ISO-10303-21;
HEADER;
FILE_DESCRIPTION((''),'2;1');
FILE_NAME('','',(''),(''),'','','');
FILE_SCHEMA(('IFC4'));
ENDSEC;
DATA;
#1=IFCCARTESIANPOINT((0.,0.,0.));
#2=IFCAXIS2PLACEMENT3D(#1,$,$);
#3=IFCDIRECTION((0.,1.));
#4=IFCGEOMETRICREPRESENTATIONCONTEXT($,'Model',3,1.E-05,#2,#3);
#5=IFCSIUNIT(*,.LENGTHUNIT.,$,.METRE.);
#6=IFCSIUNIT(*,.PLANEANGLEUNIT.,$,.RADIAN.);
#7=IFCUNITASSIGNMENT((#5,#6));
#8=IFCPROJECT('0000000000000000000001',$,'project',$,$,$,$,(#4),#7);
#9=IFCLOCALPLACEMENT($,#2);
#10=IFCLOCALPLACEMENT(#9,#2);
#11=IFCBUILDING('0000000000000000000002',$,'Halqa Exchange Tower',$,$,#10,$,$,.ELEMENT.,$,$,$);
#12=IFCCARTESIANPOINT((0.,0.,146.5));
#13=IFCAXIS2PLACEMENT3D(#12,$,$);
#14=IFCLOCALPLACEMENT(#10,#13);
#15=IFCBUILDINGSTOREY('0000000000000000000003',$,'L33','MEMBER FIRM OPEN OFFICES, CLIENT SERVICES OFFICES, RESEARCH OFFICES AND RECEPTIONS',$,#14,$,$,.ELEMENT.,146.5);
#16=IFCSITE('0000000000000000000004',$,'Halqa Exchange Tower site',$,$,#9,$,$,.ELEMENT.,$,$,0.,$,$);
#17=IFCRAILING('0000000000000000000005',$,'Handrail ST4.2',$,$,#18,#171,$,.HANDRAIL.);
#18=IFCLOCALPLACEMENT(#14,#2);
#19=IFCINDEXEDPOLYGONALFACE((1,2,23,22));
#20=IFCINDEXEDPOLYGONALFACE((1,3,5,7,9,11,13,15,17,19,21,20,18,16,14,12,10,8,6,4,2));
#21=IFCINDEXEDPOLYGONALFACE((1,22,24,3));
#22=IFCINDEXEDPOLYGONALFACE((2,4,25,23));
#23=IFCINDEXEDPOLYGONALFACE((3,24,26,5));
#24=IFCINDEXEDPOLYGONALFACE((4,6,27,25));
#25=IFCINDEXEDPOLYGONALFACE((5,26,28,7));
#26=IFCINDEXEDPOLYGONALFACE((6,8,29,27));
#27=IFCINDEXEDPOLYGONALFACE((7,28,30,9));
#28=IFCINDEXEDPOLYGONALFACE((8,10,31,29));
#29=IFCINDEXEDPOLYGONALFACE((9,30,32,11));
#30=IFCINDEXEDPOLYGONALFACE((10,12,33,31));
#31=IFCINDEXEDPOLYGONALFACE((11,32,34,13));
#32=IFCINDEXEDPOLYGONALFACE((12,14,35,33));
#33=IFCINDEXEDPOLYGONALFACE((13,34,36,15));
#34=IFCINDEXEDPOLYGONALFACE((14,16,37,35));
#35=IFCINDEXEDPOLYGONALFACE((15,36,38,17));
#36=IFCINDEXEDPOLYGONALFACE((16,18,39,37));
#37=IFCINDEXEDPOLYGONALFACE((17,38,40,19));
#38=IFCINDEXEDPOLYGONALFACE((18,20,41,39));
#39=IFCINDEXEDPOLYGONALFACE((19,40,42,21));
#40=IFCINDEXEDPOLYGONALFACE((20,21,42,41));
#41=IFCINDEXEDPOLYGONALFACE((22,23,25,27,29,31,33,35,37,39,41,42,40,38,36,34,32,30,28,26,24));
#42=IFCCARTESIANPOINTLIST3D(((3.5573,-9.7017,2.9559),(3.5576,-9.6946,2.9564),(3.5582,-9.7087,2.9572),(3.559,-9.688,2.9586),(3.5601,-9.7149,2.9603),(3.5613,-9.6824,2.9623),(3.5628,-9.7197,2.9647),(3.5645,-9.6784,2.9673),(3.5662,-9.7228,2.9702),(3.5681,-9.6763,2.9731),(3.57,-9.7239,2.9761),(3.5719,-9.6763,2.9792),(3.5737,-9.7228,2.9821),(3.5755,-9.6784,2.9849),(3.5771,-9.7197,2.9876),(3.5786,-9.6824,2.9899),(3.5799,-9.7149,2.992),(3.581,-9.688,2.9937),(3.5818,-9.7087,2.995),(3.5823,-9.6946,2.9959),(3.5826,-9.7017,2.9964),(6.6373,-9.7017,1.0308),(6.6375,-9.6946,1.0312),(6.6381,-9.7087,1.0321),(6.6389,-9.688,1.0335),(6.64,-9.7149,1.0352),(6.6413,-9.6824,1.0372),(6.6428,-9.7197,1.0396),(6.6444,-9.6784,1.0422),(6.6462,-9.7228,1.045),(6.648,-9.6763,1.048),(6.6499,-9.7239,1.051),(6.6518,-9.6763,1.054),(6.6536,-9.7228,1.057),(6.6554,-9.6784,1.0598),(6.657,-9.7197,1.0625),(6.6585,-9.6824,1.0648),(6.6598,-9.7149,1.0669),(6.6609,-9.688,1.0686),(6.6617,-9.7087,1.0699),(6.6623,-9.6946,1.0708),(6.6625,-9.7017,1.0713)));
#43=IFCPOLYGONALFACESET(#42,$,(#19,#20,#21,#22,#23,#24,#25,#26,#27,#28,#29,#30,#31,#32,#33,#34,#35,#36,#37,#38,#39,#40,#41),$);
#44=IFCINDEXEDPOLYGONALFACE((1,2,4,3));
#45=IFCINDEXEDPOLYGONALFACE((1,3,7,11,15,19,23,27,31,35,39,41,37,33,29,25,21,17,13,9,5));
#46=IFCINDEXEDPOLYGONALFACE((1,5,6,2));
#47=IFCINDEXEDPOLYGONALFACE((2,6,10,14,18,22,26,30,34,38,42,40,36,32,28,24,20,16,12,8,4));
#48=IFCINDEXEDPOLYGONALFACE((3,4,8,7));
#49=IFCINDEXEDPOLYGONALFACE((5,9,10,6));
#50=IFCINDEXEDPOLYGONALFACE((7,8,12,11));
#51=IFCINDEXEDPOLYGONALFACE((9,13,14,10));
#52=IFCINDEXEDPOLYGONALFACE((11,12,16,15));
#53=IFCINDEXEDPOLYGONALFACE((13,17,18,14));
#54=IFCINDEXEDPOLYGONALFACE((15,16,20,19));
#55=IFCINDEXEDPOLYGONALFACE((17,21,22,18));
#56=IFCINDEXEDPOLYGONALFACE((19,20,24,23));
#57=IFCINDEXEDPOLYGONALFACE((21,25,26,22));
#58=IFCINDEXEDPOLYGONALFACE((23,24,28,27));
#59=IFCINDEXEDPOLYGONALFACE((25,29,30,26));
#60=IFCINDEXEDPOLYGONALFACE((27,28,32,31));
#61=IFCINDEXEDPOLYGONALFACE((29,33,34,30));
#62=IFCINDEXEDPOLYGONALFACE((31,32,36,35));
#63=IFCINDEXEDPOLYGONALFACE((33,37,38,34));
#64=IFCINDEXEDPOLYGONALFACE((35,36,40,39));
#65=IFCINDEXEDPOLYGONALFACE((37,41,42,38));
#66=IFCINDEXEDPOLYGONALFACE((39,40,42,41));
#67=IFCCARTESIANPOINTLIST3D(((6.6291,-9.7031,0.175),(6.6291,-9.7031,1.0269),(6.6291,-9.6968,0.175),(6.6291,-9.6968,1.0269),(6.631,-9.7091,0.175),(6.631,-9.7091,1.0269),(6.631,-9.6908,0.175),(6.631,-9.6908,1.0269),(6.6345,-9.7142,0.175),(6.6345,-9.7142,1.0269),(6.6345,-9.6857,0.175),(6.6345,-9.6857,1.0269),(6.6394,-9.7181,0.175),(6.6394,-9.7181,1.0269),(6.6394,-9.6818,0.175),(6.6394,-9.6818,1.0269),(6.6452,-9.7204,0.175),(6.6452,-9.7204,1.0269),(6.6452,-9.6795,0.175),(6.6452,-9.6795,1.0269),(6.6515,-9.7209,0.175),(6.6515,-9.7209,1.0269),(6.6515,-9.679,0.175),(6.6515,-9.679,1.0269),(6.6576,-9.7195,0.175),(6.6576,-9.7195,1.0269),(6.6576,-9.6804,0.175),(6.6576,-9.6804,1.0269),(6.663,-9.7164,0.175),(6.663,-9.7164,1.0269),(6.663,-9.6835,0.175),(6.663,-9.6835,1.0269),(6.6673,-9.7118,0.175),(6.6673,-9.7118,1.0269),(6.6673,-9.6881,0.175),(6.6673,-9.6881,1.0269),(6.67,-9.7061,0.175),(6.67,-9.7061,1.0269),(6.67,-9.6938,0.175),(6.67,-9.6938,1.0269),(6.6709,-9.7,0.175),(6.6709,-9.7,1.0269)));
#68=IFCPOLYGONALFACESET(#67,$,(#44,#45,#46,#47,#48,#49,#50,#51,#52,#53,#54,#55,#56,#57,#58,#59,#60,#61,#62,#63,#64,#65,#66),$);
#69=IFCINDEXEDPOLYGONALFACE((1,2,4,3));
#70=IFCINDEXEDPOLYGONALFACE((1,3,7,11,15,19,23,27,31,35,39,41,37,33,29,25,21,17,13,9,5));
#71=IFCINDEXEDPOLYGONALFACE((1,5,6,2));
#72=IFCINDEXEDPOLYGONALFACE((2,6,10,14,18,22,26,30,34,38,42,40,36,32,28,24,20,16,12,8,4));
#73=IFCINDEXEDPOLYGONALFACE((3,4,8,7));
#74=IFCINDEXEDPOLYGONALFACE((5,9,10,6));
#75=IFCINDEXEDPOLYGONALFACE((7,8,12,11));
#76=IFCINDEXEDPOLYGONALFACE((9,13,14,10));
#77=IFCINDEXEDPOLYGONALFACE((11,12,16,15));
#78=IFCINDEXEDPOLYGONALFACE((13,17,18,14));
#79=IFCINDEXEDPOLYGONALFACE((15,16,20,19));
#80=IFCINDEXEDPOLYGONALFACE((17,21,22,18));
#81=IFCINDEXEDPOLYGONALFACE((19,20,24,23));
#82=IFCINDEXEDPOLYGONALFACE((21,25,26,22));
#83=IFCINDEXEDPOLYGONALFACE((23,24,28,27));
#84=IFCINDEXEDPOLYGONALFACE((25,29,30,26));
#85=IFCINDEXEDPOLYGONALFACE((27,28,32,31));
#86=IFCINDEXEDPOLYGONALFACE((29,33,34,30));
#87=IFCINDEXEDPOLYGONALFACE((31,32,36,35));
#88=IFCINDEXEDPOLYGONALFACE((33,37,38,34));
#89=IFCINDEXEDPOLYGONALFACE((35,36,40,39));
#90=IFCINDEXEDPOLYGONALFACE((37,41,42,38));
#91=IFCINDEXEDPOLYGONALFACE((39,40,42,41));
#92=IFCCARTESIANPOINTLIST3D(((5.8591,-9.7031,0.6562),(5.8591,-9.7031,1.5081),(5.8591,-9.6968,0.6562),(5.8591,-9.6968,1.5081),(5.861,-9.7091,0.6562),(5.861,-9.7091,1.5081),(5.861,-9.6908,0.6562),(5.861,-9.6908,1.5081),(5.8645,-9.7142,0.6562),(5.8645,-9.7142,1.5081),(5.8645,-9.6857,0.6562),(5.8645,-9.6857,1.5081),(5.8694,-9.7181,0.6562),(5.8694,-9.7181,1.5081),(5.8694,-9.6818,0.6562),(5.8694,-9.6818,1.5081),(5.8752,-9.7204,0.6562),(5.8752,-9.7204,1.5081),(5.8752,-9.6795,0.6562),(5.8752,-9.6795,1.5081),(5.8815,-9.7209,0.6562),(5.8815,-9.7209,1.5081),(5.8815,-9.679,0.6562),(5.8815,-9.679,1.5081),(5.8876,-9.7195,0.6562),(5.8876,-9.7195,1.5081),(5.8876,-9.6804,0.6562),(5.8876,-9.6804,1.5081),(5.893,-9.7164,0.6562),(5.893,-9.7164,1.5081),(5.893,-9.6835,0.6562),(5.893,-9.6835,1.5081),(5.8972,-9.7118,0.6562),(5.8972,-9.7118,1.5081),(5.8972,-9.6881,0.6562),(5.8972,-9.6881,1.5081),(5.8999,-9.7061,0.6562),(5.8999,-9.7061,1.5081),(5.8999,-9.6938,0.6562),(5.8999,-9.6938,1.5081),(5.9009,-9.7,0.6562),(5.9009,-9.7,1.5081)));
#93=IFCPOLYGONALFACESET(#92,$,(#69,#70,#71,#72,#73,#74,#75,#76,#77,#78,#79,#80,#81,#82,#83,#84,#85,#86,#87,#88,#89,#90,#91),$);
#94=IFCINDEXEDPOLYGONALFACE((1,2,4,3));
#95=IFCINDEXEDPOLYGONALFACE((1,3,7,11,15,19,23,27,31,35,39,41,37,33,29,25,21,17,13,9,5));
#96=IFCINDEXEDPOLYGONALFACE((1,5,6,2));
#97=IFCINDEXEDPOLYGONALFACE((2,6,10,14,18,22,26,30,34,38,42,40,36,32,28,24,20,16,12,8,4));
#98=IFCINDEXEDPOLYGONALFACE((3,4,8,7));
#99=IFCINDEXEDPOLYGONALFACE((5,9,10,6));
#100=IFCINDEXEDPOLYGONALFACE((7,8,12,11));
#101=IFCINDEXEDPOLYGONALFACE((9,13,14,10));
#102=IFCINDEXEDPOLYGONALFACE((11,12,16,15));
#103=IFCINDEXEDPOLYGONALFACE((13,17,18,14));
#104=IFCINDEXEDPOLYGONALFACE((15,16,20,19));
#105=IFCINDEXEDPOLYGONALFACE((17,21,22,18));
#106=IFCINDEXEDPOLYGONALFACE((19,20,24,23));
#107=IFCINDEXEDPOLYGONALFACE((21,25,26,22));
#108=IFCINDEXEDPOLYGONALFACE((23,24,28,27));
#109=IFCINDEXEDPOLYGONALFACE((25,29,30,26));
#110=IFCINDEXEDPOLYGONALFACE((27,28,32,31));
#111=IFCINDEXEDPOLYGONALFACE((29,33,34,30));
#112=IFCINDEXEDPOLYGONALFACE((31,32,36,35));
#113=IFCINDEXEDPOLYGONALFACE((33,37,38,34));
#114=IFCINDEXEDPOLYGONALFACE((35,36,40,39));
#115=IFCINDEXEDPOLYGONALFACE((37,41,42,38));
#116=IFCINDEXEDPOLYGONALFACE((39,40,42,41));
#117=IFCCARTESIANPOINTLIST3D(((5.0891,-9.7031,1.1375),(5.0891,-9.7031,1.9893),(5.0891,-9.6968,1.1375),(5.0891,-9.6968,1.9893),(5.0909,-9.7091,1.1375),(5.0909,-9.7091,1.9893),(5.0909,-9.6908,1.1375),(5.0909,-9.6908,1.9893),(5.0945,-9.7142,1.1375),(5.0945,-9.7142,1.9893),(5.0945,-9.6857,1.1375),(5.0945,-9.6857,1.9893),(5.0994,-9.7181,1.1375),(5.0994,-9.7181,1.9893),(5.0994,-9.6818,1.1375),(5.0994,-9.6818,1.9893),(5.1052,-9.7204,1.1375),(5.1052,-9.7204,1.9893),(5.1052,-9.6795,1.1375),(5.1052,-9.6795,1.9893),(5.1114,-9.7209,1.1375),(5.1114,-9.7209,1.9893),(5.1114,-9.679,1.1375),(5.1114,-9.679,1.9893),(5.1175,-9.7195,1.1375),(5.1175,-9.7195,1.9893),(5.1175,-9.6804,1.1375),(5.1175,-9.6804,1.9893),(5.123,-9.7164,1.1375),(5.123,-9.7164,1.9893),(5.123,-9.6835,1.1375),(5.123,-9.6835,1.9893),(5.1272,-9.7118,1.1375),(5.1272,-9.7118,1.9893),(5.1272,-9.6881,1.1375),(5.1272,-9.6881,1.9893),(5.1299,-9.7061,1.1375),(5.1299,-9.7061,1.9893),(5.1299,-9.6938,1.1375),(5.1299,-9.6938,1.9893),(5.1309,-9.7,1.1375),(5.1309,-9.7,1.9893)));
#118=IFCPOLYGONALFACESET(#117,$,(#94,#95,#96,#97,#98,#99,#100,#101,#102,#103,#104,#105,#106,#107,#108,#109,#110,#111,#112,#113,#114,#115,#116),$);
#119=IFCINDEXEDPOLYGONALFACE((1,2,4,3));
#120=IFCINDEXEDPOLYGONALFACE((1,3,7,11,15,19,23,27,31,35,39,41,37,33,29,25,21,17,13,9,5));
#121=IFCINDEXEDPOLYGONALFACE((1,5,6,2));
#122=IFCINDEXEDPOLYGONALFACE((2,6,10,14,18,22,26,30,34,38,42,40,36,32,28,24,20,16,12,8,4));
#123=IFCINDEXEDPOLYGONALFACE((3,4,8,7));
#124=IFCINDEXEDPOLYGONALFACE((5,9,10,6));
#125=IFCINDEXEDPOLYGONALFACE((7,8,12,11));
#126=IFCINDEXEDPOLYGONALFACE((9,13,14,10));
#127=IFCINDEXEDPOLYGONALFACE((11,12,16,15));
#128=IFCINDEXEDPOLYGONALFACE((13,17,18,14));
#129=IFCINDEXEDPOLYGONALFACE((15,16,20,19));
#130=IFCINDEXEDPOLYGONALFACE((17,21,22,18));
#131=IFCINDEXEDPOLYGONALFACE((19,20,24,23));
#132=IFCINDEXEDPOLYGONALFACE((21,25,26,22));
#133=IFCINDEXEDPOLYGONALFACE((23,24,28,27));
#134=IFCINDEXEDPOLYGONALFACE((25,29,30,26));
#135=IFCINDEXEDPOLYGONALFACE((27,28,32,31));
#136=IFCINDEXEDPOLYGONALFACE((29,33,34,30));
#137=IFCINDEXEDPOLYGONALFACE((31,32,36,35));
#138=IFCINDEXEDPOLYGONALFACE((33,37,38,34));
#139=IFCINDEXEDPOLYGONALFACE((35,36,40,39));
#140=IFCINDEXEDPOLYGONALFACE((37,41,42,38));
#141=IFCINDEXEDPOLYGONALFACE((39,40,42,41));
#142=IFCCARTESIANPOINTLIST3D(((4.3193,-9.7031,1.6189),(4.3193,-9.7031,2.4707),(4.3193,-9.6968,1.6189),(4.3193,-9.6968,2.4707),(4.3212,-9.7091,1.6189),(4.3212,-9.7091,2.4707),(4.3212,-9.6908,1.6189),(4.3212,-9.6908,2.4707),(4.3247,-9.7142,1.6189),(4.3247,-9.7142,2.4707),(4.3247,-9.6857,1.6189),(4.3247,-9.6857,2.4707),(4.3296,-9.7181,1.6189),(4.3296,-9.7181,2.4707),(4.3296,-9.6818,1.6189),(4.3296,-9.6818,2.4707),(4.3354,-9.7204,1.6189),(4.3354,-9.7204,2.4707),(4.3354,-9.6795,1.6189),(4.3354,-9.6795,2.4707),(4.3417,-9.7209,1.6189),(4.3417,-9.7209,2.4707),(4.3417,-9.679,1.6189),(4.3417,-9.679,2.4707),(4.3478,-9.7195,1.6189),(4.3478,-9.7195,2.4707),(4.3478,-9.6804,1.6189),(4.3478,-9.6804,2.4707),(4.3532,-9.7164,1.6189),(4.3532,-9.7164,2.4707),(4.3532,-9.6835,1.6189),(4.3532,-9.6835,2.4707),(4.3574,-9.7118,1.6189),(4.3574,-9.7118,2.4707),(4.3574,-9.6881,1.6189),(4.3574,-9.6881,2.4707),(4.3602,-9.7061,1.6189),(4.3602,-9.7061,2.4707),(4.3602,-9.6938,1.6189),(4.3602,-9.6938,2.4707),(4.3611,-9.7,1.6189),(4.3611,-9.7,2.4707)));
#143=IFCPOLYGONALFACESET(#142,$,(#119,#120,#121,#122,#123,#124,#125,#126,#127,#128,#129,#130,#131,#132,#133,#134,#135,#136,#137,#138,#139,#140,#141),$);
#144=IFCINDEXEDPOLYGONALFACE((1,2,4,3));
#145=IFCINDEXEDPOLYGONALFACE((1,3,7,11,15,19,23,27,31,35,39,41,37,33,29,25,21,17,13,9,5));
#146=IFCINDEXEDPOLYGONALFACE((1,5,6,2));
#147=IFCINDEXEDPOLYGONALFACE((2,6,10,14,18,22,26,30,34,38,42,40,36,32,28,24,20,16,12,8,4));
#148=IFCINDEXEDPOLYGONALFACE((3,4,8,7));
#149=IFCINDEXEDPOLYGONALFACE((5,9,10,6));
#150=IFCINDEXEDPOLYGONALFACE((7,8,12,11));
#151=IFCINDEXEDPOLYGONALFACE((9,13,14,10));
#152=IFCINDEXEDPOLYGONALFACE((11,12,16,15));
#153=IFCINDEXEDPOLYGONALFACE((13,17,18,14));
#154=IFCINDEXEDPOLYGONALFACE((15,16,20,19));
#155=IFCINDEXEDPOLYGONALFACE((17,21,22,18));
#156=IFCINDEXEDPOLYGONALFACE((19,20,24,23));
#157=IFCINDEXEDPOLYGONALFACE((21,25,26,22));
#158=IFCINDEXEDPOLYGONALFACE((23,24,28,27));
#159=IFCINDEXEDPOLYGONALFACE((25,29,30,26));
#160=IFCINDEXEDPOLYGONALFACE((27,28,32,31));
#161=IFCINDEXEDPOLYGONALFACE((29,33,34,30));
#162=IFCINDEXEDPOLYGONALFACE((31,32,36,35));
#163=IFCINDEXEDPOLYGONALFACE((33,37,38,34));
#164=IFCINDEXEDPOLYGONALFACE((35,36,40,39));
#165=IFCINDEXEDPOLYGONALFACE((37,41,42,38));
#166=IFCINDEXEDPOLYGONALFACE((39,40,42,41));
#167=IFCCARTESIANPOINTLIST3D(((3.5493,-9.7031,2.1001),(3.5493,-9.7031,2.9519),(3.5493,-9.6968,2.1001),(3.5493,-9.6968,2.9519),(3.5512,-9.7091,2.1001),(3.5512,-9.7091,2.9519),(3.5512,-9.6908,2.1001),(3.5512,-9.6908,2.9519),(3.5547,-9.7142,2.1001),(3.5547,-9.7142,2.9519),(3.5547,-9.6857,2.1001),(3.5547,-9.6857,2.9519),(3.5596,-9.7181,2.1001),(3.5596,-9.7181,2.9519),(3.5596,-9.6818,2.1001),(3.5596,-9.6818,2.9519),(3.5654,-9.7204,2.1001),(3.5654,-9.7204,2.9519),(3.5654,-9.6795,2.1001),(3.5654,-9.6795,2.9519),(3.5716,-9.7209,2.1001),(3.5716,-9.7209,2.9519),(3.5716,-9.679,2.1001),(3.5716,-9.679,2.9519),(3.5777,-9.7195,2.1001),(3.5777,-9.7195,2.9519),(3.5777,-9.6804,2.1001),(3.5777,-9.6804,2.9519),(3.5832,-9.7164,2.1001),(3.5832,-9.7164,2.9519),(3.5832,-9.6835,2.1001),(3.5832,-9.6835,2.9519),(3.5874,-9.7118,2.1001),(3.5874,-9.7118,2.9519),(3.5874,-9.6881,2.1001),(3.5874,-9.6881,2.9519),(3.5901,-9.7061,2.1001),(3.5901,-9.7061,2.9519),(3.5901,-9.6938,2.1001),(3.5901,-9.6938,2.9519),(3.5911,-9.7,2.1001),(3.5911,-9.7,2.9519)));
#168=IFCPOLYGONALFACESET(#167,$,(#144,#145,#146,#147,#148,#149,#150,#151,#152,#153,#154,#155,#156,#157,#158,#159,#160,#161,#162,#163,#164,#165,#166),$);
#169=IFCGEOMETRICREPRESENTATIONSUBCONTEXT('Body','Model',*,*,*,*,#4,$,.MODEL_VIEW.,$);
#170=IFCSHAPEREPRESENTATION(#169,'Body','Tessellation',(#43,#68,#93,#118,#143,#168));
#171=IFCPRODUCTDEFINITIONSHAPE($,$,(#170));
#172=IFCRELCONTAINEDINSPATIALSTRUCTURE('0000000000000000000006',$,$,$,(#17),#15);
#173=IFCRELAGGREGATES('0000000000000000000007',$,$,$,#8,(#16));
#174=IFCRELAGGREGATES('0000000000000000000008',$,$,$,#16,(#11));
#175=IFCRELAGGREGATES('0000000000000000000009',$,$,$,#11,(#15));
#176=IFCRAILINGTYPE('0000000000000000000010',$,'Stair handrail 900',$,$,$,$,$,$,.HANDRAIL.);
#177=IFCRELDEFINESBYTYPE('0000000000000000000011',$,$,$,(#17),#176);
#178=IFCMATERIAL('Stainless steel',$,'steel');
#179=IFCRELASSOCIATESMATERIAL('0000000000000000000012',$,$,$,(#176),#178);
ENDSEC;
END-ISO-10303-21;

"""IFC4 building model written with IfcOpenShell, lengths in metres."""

from ifc_helpers import new_model, si_unit, direction, frame, origin, origin_2d, place, context, subcontext, project, spatial, circle, extrude, material, type_object, element, save


model = new_model("IFC4")

# Units and contexts
model_context = context("Model", 3, precision=1e-05, world=origin(), true_north=direction((0.0, 1.0)))
body_context = subcontext(model_context, "Body", "Model", "MODEL_VIEW")
ifc_project = project(units=[si_unit("LENGTHUNIT", "METRE"), si_unit("PLANEANGLEUNIT", "RADIAN")], contexts=[model_context])

# Site, building, storey
site_placement = place(None, origin())
site = spatial("IfcSite", under=ifc_project, at=site_placement, Name="Halqa Exchange Tower site", CompositionType="ELEMENT", RefElevation=0.0)
building_placement = place(site_placement, origin())
building = spatial("IfcBuilding", under=site, at=building_placement, Name="Halqa Exchange Tower", CompositionType="ELEMENT")
storey_placement = place(building_placement, frame((0.0, 0.0, 146.5)))
storey = spatial("IfcBuildingStorey", under=building, at=storey_placement, Name="L33", Description="MEMBER FIRM OPEN OFFICES, CLIENT SERVICES OFFICES, RESEARCH OFFICES AND RECEPTIONS", CompositionType="ELEMENT", Elevation=146.5)

# Railing
ifc_material_1 = material(Name="Stainless steel", Category="steel")
railing_type_1 = type_object("IfcRailingType", Name="Stair handrail 900", PredefinedType="HANDRAIL", material=ifc_material_1)
railing_1_placement = place(storey_placement, frame((6.6499, -9.7, 0.175)))
element("IfcRailing", 1, at=railing_1_placement, inside=storey, type_object=railing_type_1, Name="Handrail ST4.2", PredefinedType="HANDRAIL", context=body_context, shape_type="SweptSolid", body=[
    extrude(circle(Radius=0.0239, at=origin_2d()), frame((0.0, 0.0, 0.876), z_axis=(-0.847979, 0.0, 0.530029), x_axis=(0.0, -1.0, 0.0)), (0.0, 0.0, 1.0), 3.6321),
    extrude(circle(Radius=0.021, at=origin_2d()), origin(), (0.0, 0.0, 1.0), 0.8518),
    extrude(circle(Radius=0.021, at=origin_2d()), frame((-0.77, 0.0, 0.4812)), (0.0, 0.0, 1.0), 0.8518),
    extrude(circle(Radius=0.021, at=origin_2d()), frame((-1.54, 0.0, 0.9624)), (0.0, 0.0, 1.0), 0.8518),
    extrude(circle(Radius=0.021, at=origin_2d()), frame((-2.3098, 0.0, 1.4438)), (0.0, 0.0, 1.0), 0.8518),
    extrude(circle(Radius=0.021, at=origin_2d()), frame((-3.0798, 0.0, 1.925)), (0.0, 0.0, 1.0), 0.8518),
])

save(model, "model.ifc")
